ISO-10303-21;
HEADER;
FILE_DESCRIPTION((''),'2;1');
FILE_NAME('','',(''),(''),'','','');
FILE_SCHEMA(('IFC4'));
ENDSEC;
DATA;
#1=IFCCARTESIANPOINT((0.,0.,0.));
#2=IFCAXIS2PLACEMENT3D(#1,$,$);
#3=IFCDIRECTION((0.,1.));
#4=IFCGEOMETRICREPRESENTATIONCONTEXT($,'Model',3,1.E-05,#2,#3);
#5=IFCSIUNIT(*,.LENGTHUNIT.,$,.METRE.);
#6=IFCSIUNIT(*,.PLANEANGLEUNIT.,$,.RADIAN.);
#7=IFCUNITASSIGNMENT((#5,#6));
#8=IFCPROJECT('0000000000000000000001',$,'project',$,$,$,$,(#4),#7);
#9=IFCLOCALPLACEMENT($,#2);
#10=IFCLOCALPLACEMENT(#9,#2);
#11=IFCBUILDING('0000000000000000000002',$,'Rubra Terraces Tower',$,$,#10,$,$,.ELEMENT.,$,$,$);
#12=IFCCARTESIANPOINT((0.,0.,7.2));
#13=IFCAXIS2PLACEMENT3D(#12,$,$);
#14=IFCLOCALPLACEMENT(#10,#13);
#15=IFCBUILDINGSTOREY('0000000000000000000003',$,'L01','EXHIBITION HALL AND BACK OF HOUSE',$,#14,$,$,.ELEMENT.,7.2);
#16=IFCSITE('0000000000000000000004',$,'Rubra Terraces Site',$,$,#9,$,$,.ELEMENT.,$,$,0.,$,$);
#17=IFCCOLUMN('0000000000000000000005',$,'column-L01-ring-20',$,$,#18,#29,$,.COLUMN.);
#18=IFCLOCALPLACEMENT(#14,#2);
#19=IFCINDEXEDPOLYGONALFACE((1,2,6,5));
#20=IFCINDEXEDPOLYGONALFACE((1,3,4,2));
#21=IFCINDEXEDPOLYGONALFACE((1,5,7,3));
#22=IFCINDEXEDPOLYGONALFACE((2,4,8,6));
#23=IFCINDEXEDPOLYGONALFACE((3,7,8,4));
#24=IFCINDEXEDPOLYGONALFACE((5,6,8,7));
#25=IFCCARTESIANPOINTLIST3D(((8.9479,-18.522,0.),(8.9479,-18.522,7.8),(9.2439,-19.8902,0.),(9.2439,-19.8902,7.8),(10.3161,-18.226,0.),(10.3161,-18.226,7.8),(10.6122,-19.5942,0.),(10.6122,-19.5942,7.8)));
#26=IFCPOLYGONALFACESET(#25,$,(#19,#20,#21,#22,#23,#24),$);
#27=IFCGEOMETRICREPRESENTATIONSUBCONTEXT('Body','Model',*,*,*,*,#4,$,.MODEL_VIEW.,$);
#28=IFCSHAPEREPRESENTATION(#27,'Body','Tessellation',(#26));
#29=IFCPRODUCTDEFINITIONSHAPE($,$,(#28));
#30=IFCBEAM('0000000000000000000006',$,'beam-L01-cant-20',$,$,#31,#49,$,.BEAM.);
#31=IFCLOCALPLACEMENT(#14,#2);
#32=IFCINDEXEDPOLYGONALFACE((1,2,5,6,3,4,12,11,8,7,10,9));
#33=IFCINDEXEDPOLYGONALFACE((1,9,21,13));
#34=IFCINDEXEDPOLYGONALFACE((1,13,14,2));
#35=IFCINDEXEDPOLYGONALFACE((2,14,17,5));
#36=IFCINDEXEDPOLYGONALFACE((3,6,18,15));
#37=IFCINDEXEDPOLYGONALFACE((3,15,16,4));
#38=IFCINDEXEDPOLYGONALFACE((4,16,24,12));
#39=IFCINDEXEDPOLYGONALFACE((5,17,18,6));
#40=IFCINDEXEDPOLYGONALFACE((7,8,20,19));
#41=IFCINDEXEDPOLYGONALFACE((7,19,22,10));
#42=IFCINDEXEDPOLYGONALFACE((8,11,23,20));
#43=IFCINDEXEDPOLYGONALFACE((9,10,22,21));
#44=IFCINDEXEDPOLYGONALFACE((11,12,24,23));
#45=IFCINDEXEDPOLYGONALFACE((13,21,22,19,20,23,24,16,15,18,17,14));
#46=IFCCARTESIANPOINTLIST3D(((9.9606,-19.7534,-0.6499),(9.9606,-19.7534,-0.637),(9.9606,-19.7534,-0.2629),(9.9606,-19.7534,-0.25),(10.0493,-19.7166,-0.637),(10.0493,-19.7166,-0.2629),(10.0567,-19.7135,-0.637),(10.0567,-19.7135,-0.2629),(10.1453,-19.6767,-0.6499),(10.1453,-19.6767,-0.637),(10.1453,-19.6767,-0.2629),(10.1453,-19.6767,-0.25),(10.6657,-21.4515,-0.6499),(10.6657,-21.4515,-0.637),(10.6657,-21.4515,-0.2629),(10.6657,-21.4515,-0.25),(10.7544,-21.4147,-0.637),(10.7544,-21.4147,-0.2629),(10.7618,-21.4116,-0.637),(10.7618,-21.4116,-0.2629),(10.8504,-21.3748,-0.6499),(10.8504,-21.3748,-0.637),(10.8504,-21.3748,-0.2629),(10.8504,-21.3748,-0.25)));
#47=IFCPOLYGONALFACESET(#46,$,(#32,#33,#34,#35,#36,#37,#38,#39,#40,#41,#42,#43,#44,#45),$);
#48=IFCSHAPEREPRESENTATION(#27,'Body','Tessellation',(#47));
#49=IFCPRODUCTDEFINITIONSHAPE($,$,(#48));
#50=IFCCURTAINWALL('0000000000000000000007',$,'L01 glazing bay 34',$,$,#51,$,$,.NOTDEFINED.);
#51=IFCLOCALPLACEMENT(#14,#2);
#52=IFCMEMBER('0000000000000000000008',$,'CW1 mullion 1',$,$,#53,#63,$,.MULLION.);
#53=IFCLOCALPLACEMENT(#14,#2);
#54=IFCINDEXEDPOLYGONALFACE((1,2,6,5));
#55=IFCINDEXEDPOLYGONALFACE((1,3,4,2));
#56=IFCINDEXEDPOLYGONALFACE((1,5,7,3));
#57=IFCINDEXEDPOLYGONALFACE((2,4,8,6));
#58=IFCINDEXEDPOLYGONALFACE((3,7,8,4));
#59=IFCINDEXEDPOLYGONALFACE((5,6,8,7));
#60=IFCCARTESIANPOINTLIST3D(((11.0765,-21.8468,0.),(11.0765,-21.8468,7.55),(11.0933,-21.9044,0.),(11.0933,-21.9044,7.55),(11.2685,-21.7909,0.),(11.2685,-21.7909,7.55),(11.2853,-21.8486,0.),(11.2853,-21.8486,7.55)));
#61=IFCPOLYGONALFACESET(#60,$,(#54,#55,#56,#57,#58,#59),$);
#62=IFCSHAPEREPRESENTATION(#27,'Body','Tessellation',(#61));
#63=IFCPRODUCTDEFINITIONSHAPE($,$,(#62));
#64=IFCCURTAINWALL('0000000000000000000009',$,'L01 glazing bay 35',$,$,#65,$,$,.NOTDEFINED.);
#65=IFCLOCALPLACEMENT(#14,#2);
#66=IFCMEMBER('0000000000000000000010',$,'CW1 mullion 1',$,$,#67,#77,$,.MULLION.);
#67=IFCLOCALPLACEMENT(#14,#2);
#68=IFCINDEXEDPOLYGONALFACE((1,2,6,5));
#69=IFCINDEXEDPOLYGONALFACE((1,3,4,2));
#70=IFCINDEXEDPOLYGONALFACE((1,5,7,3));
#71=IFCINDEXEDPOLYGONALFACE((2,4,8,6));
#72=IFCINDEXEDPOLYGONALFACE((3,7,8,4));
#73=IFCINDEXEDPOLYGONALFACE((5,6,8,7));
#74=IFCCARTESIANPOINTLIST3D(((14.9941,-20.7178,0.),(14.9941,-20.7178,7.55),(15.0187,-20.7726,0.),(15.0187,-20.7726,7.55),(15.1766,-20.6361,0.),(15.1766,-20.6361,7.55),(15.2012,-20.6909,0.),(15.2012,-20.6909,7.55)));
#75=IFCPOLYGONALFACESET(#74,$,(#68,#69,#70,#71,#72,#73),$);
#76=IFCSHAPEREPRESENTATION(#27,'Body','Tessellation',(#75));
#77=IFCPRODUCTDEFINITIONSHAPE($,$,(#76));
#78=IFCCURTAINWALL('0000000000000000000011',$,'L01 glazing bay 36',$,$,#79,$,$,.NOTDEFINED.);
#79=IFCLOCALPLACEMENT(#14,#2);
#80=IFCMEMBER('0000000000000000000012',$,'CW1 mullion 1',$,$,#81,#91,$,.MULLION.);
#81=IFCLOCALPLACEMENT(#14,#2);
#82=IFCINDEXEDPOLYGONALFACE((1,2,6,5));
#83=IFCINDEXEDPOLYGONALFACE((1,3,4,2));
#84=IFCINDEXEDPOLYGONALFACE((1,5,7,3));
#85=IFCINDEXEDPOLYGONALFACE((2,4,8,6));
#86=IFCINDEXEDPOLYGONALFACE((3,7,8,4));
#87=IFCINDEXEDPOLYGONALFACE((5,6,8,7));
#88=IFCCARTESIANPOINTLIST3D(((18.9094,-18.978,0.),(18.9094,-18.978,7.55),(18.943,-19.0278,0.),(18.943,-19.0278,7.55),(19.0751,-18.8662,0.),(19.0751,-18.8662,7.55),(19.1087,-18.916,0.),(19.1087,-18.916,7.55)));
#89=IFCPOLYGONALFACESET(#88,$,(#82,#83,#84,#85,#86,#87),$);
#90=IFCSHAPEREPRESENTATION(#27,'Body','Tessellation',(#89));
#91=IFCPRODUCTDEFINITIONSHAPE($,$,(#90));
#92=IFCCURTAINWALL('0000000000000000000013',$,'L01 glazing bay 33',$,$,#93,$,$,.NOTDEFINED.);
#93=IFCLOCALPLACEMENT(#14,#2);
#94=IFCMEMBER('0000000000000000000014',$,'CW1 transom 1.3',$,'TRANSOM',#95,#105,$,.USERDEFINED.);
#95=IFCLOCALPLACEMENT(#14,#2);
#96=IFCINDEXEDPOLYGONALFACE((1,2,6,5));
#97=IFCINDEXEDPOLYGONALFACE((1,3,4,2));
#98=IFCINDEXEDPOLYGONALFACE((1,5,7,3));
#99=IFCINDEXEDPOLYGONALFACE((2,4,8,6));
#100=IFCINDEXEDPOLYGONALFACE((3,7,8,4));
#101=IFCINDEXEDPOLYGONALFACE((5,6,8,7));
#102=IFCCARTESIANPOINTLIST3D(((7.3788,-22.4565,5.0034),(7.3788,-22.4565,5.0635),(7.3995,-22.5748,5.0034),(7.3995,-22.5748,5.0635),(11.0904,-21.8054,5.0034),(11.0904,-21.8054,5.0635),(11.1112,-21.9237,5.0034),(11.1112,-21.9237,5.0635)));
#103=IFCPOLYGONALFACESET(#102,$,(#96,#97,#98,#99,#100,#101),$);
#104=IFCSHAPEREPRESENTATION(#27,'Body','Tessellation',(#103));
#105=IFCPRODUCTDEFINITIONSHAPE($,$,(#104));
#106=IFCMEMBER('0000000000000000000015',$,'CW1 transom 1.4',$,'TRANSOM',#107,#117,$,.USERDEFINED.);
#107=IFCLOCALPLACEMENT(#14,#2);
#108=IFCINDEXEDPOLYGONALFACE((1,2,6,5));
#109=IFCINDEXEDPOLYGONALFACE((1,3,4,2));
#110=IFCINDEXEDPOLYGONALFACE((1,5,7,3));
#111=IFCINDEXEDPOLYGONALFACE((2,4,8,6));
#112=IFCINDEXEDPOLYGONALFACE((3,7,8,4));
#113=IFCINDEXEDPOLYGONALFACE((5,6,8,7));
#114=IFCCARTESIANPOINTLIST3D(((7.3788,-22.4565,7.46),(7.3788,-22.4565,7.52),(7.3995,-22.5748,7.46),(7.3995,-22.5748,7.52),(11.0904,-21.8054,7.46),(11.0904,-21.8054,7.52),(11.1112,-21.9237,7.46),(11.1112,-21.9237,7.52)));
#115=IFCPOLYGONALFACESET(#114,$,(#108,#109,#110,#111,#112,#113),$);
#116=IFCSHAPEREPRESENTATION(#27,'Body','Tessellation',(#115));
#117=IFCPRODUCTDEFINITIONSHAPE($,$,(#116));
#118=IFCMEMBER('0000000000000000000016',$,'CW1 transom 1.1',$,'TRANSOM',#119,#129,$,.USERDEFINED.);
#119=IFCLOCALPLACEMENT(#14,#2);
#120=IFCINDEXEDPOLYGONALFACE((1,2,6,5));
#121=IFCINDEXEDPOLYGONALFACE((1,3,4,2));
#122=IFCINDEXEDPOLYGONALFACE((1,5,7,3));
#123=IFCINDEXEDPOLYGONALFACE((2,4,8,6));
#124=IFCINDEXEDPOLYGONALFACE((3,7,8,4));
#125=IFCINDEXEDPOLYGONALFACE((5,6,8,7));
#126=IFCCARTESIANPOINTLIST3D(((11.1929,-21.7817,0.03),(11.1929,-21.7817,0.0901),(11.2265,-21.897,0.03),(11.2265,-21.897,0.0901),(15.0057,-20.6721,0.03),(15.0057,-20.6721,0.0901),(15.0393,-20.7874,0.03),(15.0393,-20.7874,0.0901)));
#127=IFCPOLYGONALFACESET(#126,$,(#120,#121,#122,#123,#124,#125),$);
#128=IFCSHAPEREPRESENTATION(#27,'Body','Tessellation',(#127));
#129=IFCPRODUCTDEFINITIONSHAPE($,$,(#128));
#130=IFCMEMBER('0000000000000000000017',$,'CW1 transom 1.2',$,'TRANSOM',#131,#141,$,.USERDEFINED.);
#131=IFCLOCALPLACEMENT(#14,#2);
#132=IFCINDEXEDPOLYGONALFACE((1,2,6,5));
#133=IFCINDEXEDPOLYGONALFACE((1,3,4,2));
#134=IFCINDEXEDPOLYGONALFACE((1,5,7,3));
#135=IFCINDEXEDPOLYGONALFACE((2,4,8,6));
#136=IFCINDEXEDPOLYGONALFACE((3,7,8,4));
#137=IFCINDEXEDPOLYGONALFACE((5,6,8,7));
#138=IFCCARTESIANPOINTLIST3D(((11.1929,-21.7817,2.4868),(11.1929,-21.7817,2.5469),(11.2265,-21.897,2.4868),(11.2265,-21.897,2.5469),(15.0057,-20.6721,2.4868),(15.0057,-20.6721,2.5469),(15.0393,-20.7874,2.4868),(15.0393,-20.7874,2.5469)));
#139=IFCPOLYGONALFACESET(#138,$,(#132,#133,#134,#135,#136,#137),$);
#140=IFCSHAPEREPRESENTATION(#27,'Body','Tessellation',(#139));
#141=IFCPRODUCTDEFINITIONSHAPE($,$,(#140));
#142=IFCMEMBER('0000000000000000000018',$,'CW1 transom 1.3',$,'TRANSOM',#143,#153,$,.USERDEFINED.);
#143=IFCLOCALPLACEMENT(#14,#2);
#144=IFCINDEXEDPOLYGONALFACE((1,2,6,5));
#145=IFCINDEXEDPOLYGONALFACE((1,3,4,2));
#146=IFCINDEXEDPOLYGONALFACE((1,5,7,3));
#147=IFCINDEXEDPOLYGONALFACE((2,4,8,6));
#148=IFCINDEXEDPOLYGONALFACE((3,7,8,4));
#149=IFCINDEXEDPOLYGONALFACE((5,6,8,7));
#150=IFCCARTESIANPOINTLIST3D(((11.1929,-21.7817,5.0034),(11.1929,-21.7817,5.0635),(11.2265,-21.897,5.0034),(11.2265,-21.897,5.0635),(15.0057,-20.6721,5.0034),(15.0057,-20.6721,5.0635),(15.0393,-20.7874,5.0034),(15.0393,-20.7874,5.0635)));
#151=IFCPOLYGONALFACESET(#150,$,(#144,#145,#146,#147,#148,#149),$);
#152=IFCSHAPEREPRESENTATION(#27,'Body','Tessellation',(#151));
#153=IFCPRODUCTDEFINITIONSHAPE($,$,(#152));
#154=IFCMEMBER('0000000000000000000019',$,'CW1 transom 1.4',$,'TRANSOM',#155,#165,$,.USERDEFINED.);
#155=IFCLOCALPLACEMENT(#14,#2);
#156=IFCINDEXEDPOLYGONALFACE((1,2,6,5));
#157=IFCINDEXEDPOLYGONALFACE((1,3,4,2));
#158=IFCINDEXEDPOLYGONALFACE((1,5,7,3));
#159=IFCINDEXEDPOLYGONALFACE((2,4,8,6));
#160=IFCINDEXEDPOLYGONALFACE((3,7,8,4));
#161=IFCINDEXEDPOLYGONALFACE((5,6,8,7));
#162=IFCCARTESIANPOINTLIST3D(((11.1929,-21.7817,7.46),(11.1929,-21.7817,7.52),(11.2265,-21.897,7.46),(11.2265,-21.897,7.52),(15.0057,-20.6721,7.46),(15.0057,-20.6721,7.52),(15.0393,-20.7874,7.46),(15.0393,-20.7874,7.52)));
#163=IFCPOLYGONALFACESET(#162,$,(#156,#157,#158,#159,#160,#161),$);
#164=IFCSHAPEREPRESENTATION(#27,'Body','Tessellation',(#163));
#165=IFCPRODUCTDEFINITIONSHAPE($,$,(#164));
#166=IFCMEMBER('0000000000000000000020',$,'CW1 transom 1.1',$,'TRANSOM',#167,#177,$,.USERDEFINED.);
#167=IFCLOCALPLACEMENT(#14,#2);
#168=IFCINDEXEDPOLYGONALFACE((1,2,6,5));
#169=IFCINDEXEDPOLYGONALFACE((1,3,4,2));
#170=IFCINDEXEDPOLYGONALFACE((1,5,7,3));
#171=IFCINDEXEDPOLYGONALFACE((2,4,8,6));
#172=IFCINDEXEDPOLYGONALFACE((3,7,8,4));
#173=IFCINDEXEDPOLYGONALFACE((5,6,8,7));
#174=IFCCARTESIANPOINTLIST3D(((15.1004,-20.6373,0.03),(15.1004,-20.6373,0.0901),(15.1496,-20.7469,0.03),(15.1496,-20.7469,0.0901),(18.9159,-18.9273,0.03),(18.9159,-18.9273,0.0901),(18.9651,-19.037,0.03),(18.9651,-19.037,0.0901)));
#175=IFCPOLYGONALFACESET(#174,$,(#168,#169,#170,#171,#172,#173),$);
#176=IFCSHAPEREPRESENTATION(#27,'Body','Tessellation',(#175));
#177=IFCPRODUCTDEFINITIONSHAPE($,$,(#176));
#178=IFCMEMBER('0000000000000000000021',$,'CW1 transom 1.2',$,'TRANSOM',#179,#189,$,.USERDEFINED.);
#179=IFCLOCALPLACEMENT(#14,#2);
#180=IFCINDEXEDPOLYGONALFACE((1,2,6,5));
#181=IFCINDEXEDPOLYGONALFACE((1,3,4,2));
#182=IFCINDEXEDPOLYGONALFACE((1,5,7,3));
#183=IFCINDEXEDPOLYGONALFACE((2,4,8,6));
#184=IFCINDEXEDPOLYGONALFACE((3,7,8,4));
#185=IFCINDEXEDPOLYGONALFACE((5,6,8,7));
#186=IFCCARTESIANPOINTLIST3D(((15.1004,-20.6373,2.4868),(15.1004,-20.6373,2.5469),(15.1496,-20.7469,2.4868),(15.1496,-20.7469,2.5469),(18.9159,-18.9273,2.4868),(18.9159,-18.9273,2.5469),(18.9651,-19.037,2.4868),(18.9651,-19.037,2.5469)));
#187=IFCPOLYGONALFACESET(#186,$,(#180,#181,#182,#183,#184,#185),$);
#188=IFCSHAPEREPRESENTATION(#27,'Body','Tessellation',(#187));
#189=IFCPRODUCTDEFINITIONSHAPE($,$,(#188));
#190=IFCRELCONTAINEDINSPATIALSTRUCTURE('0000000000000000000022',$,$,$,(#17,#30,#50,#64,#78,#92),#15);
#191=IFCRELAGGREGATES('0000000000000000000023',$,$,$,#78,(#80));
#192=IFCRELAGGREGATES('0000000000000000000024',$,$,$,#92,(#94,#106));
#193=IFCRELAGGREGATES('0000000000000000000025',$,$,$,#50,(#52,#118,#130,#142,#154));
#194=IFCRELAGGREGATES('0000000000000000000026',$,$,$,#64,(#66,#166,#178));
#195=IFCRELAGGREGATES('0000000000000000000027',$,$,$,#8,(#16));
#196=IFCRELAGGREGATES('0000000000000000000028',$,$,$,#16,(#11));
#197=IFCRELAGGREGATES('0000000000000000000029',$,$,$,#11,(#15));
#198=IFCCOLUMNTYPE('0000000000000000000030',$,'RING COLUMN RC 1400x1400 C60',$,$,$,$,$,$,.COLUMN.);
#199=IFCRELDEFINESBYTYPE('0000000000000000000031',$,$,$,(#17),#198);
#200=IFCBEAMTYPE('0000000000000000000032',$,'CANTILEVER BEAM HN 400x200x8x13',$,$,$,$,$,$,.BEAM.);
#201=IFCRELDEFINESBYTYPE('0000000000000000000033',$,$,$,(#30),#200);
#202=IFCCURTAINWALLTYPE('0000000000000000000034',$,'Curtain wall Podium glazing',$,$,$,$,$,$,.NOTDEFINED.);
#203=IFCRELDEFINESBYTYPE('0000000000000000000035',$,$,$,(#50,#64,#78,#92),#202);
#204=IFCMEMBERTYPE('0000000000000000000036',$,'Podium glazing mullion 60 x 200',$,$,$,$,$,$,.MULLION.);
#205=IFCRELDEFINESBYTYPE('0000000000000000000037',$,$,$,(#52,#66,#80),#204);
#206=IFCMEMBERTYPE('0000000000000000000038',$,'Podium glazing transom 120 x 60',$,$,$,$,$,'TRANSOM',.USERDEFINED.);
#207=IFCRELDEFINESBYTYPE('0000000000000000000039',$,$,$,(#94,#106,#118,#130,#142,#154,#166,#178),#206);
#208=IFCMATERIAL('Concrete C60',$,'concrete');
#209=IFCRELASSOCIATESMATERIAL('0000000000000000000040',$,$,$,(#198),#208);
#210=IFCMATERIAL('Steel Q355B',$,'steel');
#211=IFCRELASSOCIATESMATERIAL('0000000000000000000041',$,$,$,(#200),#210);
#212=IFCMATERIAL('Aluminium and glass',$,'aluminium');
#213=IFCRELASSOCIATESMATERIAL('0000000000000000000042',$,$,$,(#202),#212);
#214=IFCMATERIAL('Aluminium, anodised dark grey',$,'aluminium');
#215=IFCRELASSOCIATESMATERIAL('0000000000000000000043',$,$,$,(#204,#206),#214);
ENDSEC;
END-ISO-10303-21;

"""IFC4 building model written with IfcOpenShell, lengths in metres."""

from ifc_helpers import new_model, si_unit, direction, frame, origin, origin_2d, place, context, subcontext, project, spatial, rectangle, i_section, extrude, material, material_profile, profile_set, type_object, element, aggregate, save


model = new_model("IFC4")

# Units and contexts
model_context = context("Model", 3, precision=1e-05, world=origin(), true_north=direction((0.0, 1.0)))
body_context = subcontext(model_context, "Body", "Model", "MODEL_VIEW")
ifc_project = project(units=[si_unit("LENGTHUNIT", "METRE"), si_unit("PLANEANGLEUNIT", "RADIAN")], contexts=[model_context])

# Site, building, storey
site_placement = place(None, origin())
site = spatial("IfcSite", under=ifc_project, at=site_placement, Name="Rubra Terraces Site", CompositionType="ELEMENT", RefElevation=0.0)
building_placement = place(site_placement, origin())
building = spatial("IfcBuilding", under=site, at=building_placement, Name="Rubra Terraces Tower", CompositionType="ELEMENT")
storey_placement = place(building_placement, frame((0.0, 0.0, 7.2)))
storey = spatial("IfcBuildingStorey", under=building, at=storey_placement, Name="L01", Description="EXHIBITION HALL AND BACK OF HOUSE", CompositionType="ELEMENT", Elevation=7.2)

# Column
ifc_material_1 = material(Name="Concrete C60", Category="concrete")
ifc_material_profile_1 = material_profile(ifc_material_1, rectangle(XDim=1.3999, YDim=1.3999, at=origin_2d()), Name="RC 1400x1400")
ifc_profile_set_1 = profile_set([ifc_material_profile_1], Name="Concrete C60")
column_type = type_object("IfcColumnType", Name="RING COLUMN RC 1400x1400 C60", PredefinedType="COLUMN", material=ifc_profile_set_1)
column_placement = place(storey_placement, frame((9.78, -19.0581, 0.0), z_axis=(0.0, 0.0, 1.0), x_axis=(0.977386, 0.211462, 0.0)))
element("IfcColumn", 1, at=column_placement, inside=storey, type_object=column_type, Name="column-L01-ring-20", PredefinedType="COLUMN", context=body_context, shape_type="SweptSolid", body=[
    extrude(rectangle(XDim=1.3999, YDim=1.3999, at=origin_2d()), origin(), (0.0, 0.0, 1.0), 7.8),
])

# Beam
ifc_material_2 = material(Name="Steel Q355B", Category="steel")
ifc_material_profile_2 = material_profile(ifc_material_2, i_section(OverallWidth=0.2, OverallDepth=0.3999, WebThickness=0.0081, FlangeThickness=0.0129, at=origin_2d()), Name="HN 400x200x8x13")
ifc_profile_set_2 = profile_set([ifc_material_profile_2], Name="Steel Q355B")
beam_type = type_object("IfcBeamType", Name="CANTILEVER BEAM HN 400x200x8x13", PredefinedType="BEAM", material=ifc_profile_set_2)
beam_placement = place(storey_placement, frame((10.053, -19.7151, -0.45), z_axis=(0.383493, -0.923544, 0.0), x_axis=(0.923544, 0.383493, 0.0)))
element("IfcBeam", 2, at=beam_placement, inside=storey, type_object=beam_type, Name="beam-L01-cant-20", PredefinedType="BEAM", context=body_context, shape_type="SweptSolid", body=[
    extrude(i_section(OverallWidth=0.2, OverallDepth=0.3999, WebThickness=0.0081, FlangeThickness=0.0129, at=origin_2d()), origin(), (0.0, 0.0, 1.0), 1.8386),
])

# Curtain walls, members
ifc_material_3 = material(Name="Aluminium and glass", Category="aluminium")
curtain_wall_type = type_object("IfcCurtainWallType", Name="Curtain wall Podium glazing", PredefinedType="NOTDEFINED", material=ifc_material_3)
curtain_wall_1_placement = place(storey_placement, origin())
curtain_wall_1 = element("IfcCurtainWall", 3, at=curtain_wall_1_placement, inside=storey, type_object=curtain_wall_type, Name="L01 glazing bay 34", PredefinedType="NOTDEFINED")
ifc_material_4 = material(Name="Aluminium, anodised dark grey", Category="aluminium")
ifc_material_profile_3 = material_profile(ifc_material_4, rectangle(XDim=0.0601, YDim=0.2, at=origin_2d()), Name="AL 60x200")
ifc_profile_set_3 = profile_set([ifc_material_profile_3], Name="Aluminium, anodised dark grey")
member_type_1 = type_object("IfcMemberType", Name="Podium glazing mullion 60 x 200", PredefinedType="MULLION", material=ifc_profile_set_3)
member_1_placement = place(storey_placement, frame((11.1809, -21.8477, 0.0), z_axis=(0.0, 0.0, 1.0), x_axis=(-0.279399, 0.960175, 0.0)))
member_1 = element("IfcMember", 4, at=member_1_placement, type_object=member_type_1, Name="CW1 mullion 1", PredefinedType="MULLION", context=body_context, shape_type="SweptSolid", body=[
    extrude(rectangle(XDim=0.0601, YDim=0.2, at=origin_2d()), origin(), (0.0, 0.0, 1.0), 7.55),
])
curtain_wall_2_placement = place(storey_placement, origin())
curtain_wall_2 = element("IfcCurtainWall", 5, at=curtain_wall_2_placement, inside=storey, type_object=curtain_wall_type, Name="L01 glazing bay 35", PredefinedType="NOTDEFINED")
member_2_placement = place(storey_placement, frame((15.0977, -20.7043, 0.0), z_axis=(0.0, 0.0, 1.0), x_axis=(-0.408962, 0.912551, 0.0)))
member_2 = element("IfcMember", 6, at=member_2_placement, type_object=member_type_1, Name="CW1 mullion 1", PredefinedType="MULLION", context=body_context, shape_type="SweptSolid", body=[
    extrude(rectangle(XDim=0.0601, YDim=0.2, at=origin_2d()), origin(), (0.0, 0.0, 1.0), 7.55),
])
curtain_wall_3_placement = place(storey_placement, origin())
curtain_wall_3 = element("IfcCurtainWall", 7, at=curtain_wall_3_placement, inside=storey, type_object=curtain_wall_type, Name="L01 glazing bay 36", PredefinedType="NOTDEFINED")
member_3_placement = place(storey_placement, frame((19.009, -18.947, 0.0), z_axis=(0.0, 0.0, 1.0), x_axis=(-0.559277, 0.828981, 0.0)))
member_3 = element("IfcMember", 8, at=member_3_placement, type_object=member_type_1, Name="CW1 mullion 1", PredefinedType="MULLION", context=body_context, shape_type="SweptSolid", body=[
    extrude(rectangle(XDim=0.0601, YDim=0.2, at=origin_2d()), origin(), (0.0, 0.0, 1.0), 7.55),
])
aggregate(curtain_wall_3, [member_3])

# Curtain wall, members
curtain_wall_4_placement = place(storey_placement, origin())
curtain_wall_4 = element("IfcCurtainWall", 9, at=curtain_wall_4_placement, inside=storey, type_object=curtain_wall_type, Name="L01 glazing bay 33", PredefinedType="NOTDEFINED")
ifc_material_profile_4 = material_profile(ifc_material_4, rectangle(XDim=0.1201, YDim=0.0601, at=origin_2d()), Name="AL 120x60")
ifc_profile_set_4 = profile_set([ifc_material_profile_4], Name="Aluminium, anodised dark grey")
member_type_2 = type_object("IfcMemberType", Name="Podium glazing transom 120 x 60", ElementType="TRANSOM", PredefinedType="USERDEFINED", material=ifc_profile_set_4)
member_4_placement = place(storey_placement, frame((7.3892, -22.5156, 5.0334), z_axis=(0.984959, 0.172787, 0.0), x_axis=(-0.172787, 0.984959, 0.0)))
member_4 = element("IfcMember", 10, at=member_4_placement, type_object=member_type_2, Name="CW1 transom 1.3", ObjectType="TRANSOM", PredefinedType="USERDEFINED", context=body_context, shape_type="SweptSolid", body=[
    extrude(rectangle(XDim=0.1201, YDim=0.0601, at=origin_2d()), origin(), (0.0, 0.0, 1.0), 3.7683),
])
member_5_placement = place(storey_placement, frame((7.3892, -22.5156, 7.49), z_axis=(0.984959, 0.172787, 0.0), x_axis=(-0.172787, 0.984959, 0.0)))
member_5 = element("IfcMember", 11, at=member_5_placement, type_object=member_type_2, Name="CW1 transom 1.4", ObjectType="TRANSOM", PredefinedType="USERDEFINED", context=body_context, shape_type="SweptSolid", body=[
    extrude(rectangle(XDim=0.1201, YDim=0.0601, at=origin_2d()), origin(), (0.0, 0.0, 1.0), 3.7683),
])

# Members
member_6_placement = place(storey_placement, frame((11.2097, -21.8394, 0.0601), z_axis=(0.960164, 0.279436, 0.0), x_axis=(-0.279436, 0.960164, 0.0)))
member_6 = element("IfcMember", 12, at=member_6_placement, type_object=member_type_2, Name="CW1 transom 1.1", ObjectType="TRANSOM", PredefinedType="USERDEFINED", context=body_context, shape_type="SweptSolid", body=[
    extrude(rectangle(XDim=0.1201, YDim=0.0601, at=origin_2d()), origin(), (0.0, 0.0, 1.0), 3.9709),
])
member_7_placement = place(storey_placement, frame((11.2097, -21.8394, 2.5168), z_axis=(0.960164, 0.279436, 0.0), x_axis=(-0.279436, 0.960164, 0.0)))
member_7 = element("IfcMember", 13, at=member_7_placement, type_object=member_type_2, Name="CW1 transom 1.2", ObjectType="TRANSOM", PredefinedType="USERDEFINED", context=body_context, shape_type="SweptSolid", body=[
    extrude(rectangle(XDim=0.1201, YDim=0.0601, at=origin_2d()), origin(), (0.0, 0.0, 1.0), 3.9709),
])
member_8_placement = place(storey_placement, frame((11.2097, -21.8394, 5.0334), z_axis=(0.960164, 0.279436, 0.0), x_axis=(-0.279436, 0.960164, 0.0)))
member_8 = element("IfcMember", 14, at=member_8_placement, type_object=member_type_2, Name="CW1 transom 1.3", ObjectType="TRANSOM", PredefinedType="USERDEFINED", context=body_context, shape_type="SweptSolid", body=[
    extrude(rectangle(XDim=0.1201, YDim=0.0601, at=origin_2d()), origin(), (0.0, 0.0, 1.0), 3.9709),
])
member_9_placement = place(storey_placement, frame((11.2097, -21.8394, 7.49), z_axis=(0.960164, 0.279436, 0.0), x_axis=(-0.279436, 0.960164, 0.0)))
member_9 = element("IfcMember", 15, at=member_9_placement, type_object=member_type_2, Name="CW1 transom 1.4", ObjectType="TRANSOM", PredefinedType="USERDEFINED", context=body_context, shape_type="SweptSolid", body=[
    extrude(rectangle(XDim=0.1201, YDim=0.0601, at=origin_2d()), origin(), (0.0, 0.0, 1.0), 3.9709),
])
member_10_placement = place(storey_placement, frame((15.125, -20.6921, 0.0601), z_axis=(0.912545, 0.408975, 0.0), x_axis=(-0.408975, 0.912545, 0.0)))
member_10 = element("IfcMember", 16, at=member_10_placement, type_object=member_type_2, Name="CW1 transom 1.1", ObjectType="TRANSOM", PredefinedType="USERDEFINED", context=body_context, shape_type="SweptSolid", body=[
    extrude(rectangle(XDim=0.1201, YDim=0.0601, at=origin_2d()), origin(), (0.0, 0.0, 1.0), 4.1812),
])
member_11_placement = place(storey_placement, frame((15.125, -20.6921, 2.5168), z_axis=(0.912545, 0.408975, 0.0), x_axis=(-0.408975, 0.912545, 0.0)))
member_11 = element("IfcMember", 17, at=member_11_placement, type_object=member_type_2, Name="CW1 transom 1.2", ObjectType="TRANSOM", PredefinedType="USERDEFINED", context=body_context, shape_type="SweptSolid", body=[
    extrude(rectangle(XDim=0.1201, YDim=0.0601, at=origin_2d()), origin(), (0.0, 0.0, 1.0), 4.1812),
])

aggregate(curtain_wall_4, [member_4, member_5])
aggregate(curtain_wall_1, [member_1, member_6, member_7, member_8, member_9])
aggregate(curtain_wall_2, [member_2, member_10, member_11])

save(model, "model.ifc")
